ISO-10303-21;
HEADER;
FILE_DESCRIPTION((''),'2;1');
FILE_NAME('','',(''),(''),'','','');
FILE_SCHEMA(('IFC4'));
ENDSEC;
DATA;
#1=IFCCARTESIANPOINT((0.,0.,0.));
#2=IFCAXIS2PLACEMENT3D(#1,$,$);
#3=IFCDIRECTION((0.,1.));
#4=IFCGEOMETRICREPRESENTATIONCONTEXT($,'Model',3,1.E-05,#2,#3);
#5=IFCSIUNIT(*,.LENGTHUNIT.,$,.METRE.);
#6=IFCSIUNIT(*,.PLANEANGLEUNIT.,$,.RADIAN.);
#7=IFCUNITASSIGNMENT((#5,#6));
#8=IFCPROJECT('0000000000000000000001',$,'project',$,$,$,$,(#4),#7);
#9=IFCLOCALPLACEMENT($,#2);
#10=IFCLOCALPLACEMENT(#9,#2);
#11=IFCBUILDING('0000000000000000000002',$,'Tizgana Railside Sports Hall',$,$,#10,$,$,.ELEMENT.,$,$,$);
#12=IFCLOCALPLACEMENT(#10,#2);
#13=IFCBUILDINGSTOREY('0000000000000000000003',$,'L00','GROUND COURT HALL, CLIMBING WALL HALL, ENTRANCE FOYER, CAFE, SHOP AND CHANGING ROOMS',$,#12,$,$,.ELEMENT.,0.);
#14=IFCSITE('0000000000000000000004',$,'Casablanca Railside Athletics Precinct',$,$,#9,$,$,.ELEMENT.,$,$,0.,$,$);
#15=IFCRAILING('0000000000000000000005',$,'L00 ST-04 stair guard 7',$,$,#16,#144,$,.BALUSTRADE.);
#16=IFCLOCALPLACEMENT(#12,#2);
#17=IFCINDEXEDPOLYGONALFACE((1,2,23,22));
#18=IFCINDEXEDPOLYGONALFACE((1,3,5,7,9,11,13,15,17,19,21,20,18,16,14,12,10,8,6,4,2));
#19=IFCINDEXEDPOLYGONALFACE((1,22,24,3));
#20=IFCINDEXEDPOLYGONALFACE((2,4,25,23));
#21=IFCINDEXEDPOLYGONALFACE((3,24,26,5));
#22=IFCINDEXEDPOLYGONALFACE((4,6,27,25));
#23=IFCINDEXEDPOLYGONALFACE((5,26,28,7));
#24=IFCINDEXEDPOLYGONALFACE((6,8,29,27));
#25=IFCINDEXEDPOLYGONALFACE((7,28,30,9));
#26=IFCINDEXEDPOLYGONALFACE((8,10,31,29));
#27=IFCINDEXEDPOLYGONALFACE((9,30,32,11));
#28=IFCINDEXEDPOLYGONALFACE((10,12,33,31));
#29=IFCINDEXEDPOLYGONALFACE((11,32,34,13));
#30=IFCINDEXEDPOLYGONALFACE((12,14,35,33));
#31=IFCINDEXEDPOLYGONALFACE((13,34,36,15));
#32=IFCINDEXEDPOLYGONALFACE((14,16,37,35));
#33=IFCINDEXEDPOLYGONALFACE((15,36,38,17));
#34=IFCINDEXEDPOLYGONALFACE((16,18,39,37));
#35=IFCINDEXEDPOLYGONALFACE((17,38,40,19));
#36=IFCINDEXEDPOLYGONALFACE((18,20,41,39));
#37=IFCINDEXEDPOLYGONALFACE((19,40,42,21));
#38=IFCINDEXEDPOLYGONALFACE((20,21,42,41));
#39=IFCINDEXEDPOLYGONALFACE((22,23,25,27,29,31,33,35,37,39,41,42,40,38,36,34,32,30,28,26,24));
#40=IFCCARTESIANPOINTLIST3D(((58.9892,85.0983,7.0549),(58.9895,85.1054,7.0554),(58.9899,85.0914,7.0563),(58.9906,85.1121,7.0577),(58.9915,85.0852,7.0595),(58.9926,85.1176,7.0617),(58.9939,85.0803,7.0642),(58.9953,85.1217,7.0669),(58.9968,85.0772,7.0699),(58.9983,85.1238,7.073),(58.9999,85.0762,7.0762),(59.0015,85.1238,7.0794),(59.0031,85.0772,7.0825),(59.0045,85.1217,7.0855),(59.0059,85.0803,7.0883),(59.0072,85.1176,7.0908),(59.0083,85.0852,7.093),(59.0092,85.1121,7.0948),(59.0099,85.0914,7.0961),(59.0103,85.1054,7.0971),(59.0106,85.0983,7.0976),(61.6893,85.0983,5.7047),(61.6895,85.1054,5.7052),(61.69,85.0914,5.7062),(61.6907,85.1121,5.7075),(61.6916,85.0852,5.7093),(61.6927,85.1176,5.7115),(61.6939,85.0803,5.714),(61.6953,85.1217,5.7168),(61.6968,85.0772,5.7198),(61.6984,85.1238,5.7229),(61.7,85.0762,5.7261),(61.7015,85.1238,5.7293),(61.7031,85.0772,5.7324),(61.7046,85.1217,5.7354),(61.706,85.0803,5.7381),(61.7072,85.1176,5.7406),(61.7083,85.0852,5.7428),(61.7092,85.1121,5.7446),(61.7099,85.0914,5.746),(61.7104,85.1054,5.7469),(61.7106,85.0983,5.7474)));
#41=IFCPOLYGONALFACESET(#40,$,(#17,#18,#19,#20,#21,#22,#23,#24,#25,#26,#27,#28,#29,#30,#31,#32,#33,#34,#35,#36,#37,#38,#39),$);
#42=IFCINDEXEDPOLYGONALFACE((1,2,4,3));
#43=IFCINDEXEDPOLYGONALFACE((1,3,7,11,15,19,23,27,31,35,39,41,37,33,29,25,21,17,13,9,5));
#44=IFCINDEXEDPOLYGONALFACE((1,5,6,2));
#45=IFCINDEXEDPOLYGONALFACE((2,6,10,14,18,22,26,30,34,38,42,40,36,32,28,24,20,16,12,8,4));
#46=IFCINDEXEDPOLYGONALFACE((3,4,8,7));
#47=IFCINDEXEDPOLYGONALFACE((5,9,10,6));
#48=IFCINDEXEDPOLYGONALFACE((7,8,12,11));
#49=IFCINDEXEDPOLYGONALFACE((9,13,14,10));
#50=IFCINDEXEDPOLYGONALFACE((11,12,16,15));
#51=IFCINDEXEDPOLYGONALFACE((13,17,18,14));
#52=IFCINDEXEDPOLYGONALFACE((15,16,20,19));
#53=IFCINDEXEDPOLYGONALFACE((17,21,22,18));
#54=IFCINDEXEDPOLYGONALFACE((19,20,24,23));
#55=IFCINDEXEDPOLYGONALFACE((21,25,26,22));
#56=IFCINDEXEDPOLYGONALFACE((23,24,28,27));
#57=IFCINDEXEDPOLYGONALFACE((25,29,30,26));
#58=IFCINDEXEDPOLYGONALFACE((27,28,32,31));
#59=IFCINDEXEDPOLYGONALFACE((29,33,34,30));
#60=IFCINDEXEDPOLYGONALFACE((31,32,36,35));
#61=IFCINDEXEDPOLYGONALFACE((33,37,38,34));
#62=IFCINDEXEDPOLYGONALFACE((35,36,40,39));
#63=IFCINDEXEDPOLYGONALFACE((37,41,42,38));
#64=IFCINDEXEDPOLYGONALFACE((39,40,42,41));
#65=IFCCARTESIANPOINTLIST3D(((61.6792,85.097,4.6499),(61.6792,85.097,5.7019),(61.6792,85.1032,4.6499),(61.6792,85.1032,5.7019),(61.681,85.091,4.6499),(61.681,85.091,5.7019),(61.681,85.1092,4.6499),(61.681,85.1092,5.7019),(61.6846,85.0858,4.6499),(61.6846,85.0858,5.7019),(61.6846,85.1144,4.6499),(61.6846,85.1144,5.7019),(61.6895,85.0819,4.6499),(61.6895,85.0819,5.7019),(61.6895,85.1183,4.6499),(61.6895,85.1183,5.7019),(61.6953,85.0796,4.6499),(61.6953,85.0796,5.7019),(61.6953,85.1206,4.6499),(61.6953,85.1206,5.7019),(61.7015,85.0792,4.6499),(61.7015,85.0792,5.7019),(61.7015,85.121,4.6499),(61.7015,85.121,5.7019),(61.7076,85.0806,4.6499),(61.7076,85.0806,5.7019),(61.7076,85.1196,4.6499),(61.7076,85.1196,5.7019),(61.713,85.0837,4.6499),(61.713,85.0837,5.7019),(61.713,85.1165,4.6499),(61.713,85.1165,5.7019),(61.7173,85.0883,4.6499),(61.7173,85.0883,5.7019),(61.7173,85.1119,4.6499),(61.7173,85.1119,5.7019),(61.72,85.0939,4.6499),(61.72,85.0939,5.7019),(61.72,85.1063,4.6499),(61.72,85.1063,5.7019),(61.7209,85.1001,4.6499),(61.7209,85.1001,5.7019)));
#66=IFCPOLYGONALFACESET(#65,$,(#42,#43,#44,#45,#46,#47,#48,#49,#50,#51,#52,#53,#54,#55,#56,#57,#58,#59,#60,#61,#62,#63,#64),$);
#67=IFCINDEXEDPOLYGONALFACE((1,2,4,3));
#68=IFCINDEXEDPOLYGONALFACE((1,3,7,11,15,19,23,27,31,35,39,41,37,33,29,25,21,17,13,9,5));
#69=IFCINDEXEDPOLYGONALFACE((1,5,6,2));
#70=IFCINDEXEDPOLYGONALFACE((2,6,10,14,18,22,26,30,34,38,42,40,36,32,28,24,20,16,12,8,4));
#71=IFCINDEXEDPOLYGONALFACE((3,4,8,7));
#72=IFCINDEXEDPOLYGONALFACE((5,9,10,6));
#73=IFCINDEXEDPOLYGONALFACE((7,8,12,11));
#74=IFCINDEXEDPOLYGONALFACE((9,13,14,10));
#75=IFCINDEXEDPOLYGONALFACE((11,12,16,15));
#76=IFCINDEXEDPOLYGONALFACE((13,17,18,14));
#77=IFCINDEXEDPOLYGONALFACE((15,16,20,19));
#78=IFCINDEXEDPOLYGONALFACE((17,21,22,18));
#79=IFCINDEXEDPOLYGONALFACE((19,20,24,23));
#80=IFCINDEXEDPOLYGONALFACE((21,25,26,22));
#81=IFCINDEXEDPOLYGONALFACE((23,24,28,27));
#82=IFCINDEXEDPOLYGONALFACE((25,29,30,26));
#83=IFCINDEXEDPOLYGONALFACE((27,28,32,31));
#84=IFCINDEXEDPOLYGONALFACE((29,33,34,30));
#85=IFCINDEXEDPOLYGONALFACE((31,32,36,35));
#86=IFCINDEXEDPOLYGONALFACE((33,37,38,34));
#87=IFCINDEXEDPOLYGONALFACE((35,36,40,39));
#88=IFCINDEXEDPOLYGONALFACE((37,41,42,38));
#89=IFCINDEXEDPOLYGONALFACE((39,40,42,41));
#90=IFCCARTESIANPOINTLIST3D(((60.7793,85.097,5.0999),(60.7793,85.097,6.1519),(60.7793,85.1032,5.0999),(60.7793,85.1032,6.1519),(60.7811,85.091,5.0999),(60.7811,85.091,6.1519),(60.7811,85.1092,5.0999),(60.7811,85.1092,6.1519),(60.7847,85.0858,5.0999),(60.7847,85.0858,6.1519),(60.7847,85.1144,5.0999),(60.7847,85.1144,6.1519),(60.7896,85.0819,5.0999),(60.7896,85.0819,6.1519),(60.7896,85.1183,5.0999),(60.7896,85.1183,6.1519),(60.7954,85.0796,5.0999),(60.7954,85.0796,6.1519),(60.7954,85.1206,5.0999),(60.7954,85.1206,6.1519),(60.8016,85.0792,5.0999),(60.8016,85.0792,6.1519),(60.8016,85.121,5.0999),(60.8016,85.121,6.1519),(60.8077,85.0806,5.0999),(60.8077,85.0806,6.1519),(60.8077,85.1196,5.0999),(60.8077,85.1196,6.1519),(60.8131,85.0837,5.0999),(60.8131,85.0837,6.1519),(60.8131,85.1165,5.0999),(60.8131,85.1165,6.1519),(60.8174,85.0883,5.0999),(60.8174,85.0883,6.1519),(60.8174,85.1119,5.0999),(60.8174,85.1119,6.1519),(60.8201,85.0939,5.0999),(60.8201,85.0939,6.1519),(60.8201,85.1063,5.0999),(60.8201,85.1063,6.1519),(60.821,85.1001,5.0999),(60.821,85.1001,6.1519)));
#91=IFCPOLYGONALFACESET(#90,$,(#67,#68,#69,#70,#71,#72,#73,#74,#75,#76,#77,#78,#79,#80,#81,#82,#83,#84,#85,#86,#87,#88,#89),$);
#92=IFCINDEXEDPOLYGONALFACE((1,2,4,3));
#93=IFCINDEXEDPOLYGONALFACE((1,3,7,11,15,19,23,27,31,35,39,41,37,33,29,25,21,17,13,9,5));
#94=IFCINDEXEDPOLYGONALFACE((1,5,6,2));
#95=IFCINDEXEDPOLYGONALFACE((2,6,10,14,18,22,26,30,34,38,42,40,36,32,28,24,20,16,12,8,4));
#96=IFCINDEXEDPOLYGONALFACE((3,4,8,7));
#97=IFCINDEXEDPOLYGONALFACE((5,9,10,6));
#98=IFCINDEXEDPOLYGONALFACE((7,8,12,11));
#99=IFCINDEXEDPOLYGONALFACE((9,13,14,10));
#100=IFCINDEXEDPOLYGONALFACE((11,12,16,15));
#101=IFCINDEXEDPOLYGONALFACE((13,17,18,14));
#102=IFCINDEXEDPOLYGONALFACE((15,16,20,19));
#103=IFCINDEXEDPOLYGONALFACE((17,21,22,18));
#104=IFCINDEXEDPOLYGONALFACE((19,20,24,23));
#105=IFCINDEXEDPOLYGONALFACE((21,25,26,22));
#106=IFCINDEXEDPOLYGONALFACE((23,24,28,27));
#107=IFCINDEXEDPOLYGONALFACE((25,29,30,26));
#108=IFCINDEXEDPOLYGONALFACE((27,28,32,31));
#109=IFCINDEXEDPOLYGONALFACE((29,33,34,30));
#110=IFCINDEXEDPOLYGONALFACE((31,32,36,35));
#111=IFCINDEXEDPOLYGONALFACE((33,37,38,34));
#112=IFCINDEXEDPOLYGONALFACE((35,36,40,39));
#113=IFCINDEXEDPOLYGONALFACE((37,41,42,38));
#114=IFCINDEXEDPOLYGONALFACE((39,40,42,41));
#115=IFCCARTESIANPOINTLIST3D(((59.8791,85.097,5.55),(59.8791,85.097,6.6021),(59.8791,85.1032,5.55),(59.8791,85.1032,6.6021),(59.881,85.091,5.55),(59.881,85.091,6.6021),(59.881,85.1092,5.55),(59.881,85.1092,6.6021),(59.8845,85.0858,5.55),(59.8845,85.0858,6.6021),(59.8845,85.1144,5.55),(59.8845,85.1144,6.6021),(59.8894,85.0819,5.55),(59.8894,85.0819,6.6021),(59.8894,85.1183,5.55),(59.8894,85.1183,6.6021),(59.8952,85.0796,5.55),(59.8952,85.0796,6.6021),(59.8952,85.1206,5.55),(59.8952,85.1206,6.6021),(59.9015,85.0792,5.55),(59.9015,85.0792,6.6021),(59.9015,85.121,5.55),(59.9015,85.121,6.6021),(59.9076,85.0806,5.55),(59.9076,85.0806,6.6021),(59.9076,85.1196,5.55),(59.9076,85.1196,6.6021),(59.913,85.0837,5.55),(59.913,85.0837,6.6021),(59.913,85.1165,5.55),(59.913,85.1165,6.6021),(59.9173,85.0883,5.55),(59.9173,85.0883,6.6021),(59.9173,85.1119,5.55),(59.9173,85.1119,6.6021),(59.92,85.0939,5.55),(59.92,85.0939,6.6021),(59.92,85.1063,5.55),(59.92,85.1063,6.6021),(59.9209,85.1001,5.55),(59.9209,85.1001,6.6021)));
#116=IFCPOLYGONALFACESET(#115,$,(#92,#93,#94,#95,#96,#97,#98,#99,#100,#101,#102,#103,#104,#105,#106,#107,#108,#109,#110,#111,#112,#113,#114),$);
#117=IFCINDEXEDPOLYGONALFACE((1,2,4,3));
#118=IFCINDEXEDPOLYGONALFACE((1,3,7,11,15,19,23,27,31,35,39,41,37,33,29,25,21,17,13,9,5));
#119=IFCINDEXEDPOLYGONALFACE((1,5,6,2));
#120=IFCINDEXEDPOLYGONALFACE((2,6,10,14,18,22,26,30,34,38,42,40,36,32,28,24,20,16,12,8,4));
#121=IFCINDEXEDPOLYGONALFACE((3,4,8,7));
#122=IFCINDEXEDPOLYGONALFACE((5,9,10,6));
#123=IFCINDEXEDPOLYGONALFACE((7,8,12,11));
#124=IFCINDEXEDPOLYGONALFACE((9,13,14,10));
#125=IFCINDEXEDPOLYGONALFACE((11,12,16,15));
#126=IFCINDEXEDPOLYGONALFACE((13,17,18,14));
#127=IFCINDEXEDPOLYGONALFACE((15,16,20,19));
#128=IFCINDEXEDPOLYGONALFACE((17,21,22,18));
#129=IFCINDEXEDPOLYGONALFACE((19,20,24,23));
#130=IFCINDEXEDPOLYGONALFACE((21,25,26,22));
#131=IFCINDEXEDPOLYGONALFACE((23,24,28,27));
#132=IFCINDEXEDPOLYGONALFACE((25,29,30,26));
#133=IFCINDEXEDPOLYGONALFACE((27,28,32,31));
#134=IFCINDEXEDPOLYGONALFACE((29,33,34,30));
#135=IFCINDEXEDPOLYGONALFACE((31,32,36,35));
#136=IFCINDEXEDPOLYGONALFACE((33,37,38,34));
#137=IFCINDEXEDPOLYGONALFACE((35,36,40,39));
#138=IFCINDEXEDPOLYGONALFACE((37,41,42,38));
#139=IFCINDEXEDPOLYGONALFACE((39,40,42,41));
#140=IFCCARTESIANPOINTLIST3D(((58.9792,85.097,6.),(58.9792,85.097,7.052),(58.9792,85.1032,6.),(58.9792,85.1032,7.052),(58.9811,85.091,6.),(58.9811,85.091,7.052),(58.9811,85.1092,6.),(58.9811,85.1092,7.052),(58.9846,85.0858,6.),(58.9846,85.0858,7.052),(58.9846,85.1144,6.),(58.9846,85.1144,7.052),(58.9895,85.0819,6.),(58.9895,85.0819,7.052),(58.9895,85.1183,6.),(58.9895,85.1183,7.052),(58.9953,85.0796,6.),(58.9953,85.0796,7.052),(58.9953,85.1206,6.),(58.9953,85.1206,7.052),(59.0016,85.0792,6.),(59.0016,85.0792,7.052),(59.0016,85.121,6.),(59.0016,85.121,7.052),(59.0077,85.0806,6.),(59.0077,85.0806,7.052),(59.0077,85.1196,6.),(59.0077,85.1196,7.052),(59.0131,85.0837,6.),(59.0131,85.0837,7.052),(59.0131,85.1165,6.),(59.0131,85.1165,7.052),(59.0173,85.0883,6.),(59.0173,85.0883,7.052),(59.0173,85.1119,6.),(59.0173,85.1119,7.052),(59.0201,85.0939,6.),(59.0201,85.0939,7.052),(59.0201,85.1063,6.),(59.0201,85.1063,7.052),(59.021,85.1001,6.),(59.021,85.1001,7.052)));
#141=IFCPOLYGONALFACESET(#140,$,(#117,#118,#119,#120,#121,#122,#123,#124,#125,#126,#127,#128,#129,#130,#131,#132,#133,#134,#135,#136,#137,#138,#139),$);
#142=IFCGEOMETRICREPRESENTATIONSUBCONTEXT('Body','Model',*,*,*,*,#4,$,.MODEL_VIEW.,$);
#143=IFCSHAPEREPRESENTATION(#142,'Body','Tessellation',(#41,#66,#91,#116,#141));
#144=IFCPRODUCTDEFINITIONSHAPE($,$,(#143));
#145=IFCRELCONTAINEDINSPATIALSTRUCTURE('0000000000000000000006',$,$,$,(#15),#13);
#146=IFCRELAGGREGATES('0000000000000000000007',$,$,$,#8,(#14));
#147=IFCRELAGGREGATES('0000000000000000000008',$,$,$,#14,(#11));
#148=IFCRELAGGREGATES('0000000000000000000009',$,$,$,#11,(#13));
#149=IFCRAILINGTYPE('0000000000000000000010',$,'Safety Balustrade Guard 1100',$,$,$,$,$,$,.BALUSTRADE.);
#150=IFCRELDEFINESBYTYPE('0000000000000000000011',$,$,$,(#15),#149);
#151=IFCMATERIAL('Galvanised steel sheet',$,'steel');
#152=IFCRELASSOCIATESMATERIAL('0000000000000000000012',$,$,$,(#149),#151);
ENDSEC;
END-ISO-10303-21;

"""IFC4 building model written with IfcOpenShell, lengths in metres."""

from ifc_helpers import new_model, si_unit, direction, frame, origin, origin_2d, place, context, subcontext, project, spatial, circle, extrude, material, type_object, element, save


model = new_model("IFC4")

# Units and contexts
model_context = context("Model", 3, precision=1e-05, world=origin(), true_north=direction((0.0, 1.0)))
body_context = subcontext(model_context, "Body", "Model", "MODEL_VIEW")
ifc_project = project(units=[si_unit("LENGTHUNIT", "METRE"), si_unit("PLANEANGLEUNIT", "RADIAN")], contexts=[model_context])

# Site, building, storey
site_placement = place(None, origin())
site = spatial("IfcSite", under=ifc_project, at=site_placement, Name="Casablanca Railside Athletics Precinct", CompositionType="ELEMENT", RefElevation=0.0)
building_placement = place(site_placement, origin())
building = spatial("IfcBuilding", under=site, at=building_placement, Name="Tizgana Railside Sports Hall", CompositionType="ELEMENT")
storey_placement = place(building_placement, origin())
storey = spatial("IfcBuildingStorey", under=building, at=storey_placement, Name="L00", Description="GROUND COURT HALL, CLIMBING WALL HALL, ENTRANCE FOYER, CAFE, SHOP AND CHANGING ROOMS", CompositionType="ELEMENT", Elevation=0.0)

# Shared definitions
ifc_material_1 = material(Name="Galvanised steel sheet", Category="steel")

# Railing
railing_type_1 = type_object("IfcRailingType", Name="Safety Balustrade Guard 1100", PredefinedType="BALUSTRADE", material=ifc_material_1)
railing_1_placement = place(storey_placement, frame((61.7, 85.1001, 4.6499)))
element("IfcRailing", 1, at=railing_1_placement, inside=storey, type_object=railing_type_1, Name="L00 ST-04 stair guard 7", PredefinedType="BALUSTRADE", context=body_context, shape_type="SweptSolid", body=[
    extrude(circle(Radius=0.0239, at=origin_2d()), frame((0.0, 0.0, 1.0762), z_axis=(-0.894411, 0.0, 0.447246), x_axis=(0.0, -1.0, 0.0)), (0.0, 0.0, 1.0), 3.0188),
    extrude(circle(Radius=0.021, at=origin_2d()), origin(), (0.0, 0.0, 1.0), 1.052),
    extrude(circle(Radius=0.021, at=origin_2d()), frame((-0.8999, 0.0, 0.45)), (0.0, 0.0, 1.0), 1.052),
    extrude(circle(Radius=0.021, at=origin_2d()), frame((-1.8, 0.0, 0.9001)), (0.0, 0.0, 1.0), 1.052),
    extrude(circle(Radius=0.021, at=origin_2d()), frame((-2.7, 0.0, 1.3501)), (0.0, 0.0, 1.0), 1.052),
])

save(model, "model.ifc")
